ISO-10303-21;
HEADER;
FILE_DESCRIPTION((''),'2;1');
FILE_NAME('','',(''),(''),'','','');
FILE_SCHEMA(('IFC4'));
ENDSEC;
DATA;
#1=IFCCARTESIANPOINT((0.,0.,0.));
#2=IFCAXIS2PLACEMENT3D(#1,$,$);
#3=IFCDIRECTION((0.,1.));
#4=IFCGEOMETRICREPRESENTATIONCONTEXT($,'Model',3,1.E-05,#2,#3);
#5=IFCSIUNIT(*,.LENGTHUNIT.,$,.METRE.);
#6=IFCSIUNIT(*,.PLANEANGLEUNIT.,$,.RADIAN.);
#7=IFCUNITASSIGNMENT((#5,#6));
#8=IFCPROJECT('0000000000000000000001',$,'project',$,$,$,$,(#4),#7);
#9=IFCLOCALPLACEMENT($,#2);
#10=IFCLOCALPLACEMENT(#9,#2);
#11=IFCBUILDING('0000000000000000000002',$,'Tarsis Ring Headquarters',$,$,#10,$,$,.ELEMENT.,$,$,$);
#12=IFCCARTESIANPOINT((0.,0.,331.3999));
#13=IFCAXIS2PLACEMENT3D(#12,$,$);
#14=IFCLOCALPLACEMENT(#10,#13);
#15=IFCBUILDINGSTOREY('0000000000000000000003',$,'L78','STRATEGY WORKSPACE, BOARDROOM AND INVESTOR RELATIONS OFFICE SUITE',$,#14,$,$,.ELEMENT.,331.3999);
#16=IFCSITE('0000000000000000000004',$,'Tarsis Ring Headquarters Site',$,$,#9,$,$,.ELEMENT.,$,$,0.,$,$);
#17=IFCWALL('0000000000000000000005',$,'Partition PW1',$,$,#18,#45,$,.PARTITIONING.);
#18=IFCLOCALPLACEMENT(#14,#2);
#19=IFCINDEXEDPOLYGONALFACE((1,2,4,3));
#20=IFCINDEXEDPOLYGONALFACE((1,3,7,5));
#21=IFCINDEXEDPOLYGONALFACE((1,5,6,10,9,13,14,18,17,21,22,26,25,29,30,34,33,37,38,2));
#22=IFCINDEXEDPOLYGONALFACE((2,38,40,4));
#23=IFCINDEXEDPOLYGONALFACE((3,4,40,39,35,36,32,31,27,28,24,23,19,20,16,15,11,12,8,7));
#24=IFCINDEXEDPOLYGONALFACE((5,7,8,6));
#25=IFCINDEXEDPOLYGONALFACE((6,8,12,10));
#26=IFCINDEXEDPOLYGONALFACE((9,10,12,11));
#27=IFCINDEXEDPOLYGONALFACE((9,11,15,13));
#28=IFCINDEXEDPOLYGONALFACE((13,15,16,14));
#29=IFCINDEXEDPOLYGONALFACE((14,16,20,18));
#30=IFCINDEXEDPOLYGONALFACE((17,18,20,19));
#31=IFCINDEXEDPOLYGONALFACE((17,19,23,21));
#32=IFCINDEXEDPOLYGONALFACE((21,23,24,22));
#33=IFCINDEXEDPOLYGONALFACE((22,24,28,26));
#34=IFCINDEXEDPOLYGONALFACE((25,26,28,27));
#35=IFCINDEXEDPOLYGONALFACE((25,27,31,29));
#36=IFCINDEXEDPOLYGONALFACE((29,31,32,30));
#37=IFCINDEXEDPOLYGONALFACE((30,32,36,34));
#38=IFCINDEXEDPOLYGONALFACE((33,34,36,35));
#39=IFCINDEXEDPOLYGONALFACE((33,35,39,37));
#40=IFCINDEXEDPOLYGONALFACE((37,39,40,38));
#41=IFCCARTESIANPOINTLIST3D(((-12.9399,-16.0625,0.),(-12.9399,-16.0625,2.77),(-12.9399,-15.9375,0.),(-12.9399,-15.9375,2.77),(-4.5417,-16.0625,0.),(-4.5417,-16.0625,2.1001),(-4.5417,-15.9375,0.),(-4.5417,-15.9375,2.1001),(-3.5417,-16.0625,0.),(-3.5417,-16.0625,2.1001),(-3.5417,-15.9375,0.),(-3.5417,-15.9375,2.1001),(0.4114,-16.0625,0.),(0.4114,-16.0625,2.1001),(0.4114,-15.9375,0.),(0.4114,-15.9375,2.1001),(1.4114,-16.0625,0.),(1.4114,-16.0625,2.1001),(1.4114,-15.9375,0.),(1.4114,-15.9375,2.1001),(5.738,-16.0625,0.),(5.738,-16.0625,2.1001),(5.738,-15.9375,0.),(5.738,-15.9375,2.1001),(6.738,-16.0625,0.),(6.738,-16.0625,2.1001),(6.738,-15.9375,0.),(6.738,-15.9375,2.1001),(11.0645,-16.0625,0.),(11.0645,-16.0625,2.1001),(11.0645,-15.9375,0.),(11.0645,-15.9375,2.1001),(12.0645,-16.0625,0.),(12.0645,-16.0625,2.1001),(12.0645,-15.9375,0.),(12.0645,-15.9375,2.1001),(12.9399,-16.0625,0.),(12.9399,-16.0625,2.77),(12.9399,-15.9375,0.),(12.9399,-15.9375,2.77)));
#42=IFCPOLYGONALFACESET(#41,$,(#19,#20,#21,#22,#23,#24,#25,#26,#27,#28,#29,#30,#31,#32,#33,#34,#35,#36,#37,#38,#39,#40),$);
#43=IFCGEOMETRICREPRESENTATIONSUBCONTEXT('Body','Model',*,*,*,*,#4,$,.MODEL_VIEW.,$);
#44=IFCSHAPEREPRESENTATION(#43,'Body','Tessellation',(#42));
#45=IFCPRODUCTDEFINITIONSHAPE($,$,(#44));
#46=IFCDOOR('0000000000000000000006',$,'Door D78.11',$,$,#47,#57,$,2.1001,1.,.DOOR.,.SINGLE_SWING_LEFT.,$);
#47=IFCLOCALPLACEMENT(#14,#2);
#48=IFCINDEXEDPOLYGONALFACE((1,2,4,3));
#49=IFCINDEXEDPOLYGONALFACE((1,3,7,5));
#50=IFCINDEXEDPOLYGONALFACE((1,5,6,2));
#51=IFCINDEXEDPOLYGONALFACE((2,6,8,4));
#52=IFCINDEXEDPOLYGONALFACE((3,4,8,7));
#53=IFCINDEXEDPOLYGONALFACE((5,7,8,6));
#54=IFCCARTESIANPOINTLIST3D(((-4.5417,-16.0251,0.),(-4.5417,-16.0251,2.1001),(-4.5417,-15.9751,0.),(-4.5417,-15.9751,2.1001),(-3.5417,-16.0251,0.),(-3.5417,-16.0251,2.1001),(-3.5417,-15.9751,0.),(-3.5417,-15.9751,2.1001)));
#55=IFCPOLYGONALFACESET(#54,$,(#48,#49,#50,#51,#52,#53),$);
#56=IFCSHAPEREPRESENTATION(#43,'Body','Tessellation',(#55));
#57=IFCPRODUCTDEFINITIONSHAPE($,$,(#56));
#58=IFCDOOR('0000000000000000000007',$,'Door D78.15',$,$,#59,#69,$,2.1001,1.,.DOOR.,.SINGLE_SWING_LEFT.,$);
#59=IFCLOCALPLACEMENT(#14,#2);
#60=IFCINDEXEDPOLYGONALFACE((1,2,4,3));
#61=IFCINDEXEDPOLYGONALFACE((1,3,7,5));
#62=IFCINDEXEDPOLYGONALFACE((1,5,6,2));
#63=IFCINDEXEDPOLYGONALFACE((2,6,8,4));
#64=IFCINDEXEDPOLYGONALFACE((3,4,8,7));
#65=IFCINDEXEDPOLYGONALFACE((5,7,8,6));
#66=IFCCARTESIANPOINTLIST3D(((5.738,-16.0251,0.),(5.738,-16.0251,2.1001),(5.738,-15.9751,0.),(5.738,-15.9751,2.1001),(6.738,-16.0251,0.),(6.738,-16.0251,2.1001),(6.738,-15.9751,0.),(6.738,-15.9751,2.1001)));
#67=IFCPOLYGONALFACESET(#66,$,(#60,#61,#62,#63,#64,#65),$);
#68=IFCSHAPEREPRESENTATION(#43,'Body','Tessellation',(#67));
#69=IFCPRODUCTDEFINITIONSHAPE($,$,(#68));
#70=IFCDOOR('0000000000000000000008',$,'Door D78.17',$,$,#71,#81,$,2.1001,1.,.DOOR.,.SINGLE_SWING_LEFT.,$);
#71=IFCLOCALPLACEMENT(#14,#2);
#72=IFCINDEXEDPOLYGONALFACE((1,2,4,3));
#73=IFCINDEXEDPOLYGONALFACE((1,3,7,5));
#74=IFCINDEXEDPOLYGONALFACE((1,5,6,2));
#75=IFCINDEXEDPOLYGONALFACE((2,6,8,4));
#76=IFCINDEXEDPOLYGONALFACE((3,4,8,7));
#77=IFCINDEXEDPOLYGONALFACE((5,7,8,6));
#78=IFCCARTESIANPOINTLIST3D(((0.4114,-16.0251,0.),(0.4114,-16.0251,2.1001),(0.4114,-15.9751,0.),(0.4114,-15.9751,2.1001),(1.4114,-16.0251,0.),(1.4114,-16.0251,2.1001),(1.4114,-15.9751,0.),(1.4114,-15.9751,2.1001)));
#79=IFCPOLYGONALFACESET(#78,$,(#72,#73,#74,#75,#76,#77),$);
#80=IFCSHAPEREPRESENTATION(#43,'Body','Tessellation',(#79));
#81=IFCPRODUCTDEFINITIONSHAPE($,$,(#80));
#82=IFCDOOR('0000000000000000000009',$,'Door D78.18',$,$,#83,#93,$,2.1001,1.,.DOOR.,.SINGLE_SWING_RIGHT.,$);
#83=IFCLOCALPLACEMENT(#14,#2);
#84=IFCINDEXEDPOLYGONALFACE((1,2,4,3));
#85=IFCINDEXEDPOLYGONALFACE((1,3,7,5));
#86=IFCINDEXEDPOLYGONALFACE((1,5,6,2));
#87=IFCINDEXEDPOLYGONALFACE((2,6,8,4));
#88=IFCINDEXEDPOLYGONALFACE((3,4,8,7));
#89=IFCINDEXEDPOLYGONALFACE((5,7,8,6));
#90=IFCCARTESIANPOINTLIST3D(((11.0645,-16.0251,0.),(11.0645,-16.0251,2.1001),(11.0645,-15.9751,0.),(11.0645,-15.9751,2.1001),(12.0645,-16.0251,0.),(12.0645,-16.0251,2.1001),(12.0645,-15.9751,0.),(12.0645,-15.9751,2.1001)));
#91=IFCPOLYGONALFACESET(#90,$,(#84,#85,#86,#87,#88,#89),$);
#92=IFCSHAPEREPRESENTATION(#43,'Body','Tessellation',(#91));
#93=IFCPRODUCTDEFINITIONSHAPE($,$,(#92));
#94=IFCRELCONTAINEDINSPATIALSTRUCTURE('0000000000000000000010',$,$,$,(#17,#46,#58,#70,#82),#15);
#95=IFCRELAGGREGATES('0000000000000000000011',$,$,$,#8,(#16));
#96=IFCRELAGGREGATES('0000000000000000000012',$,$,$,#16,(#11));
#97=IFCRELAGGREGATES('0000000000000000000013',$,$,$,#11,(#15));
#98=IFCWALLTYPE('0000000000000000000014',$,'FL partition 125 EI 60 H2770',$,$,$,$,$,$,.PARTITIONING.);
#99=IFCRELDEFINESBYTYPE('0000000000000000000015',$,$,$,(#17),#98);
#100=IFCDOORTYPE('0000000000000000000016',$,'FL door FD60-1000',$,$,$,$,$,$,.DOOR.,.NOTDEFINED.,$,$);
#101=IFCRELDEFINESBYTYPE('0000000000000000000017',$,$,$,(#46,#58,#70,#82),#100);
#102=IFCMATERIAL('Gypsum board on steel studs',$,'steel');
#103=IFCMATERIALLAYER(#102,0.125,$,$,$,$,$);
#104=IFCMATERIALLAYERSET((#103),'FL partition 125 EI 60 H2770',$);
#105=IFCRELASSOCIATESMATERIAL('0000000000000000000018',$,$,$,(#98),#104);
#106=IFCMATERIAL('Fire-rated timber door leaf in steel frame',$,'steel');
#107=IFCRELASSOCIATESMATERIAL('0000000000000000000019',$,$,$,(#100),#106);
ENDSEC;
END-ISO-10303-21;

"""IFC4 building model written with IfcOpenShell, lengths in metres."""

from ifc_helpers import new_model, si_unit, direction, frame, frame_2d, origin, place, context, subcontext, project, spatial, rectangle, extrude, material, layer, layer_set, type_object, element, fill, save


model = new_model("IFC4")

# Units and contexts
model_context = context("Model", 3, precision=1e-05, world=origin(), true_north=direction((0.0, 1.0)))
body_context = subcontext(model_context, "Body", "Model", "MODEL_VIEW")
ifc_project = project(units=[si_unit("LENGTHUNIT", "METRE"), si_unit("PLANEANGLEUNIT", "RADIAN")], contexts=[model_context])

# Site, building, storey
site_placement = place(None, origin())
site = spatial("IfcSite", under=ifc_project, at=site_placement, Name="Tarsis Ring Headquarters Site", CompositionType="ELEMENT", RefElevation=0.0)
building_placement = place(site_placement, origin())
building = spatial("IfcBuilding", under=site, at=building_placement, Name="Tarsis Ring Headquarters", CompositionType="ELEMENT")
storey_placement = place(building_placement, frame((0.0, 0.0, 331.3999)))
storey = spatial("IfcBuildingStorey", under=building, at=storey_placement, Name="L78", Description="STRATEGY WORKSPACE, BOARDROOM AND INVESTOR RELATIONS OFFICE SUITE", CompositionType="ELEMENT", Elevation=331.3999)

# Shared definitions
ifc_material_1 = material(Name="Gypsum board on steel studs", Category="steel")

# Wall, openings, doors
ifc_layer_1 = layer(ifc_material_1, 0.125)
ifc_layer_set_1 = layer_set([ifc_layer_1], Name="FL partition 125 EI 60 H2770")
wall_type_1 = type_object("IfcWallType", Name="FL partition 125 EI 60 H2770", PredefinedType="PARTITIONING", material=ifc_layer_set_1)
ifc_material_2 = material(Name="Fire-rated timber door leaf in steel frame", Category="steel")
door_type_1 = type_object("IfcDoorType", Name="FL door FD60-1000", OperationType="NOTDEFINED", PredefinedType="DOOR", material=ifc_material_2)
wall_1_placement = place(storey_placement, frame((-12.9399, -16.0, 0.0), z_axis=(0.0, 0.0, 1.0), x_axis=(1.0, 0.0, 0.0)))
wall_1 = element("IfcWall", 1, at=wall_1_placement, inside=storey, type_object=wall_type_1, Name="Partition PW1", PredefinedType="PARTITIONING", context=body_context, shape_type="SweptSolid", body=[
    extrude(rectangle(XDim=25.8799, YDim=0.125, at=frame_2d((12.9399, 0.0))), origin(), (0.0, 0.0, 1.0), 2.77),
])
opening_1_placement = place(wall_1_placement, frame((8.3982, 0.0, 0.0)))
opening_1 = element("IfcOpeningElement", 2, at=opening_1_placement, cuts=wall_1, PredefinedType="OPENING", context=body_context, shape_type="SweptSolid", body=[
    extrude(rectangle(XDim=1.0, YDim=2.1001, at=frame_2d((0.5, 1.05))), frame((0.0, 0.0725, 0.0), z_axis=(0.0, -1.0, 0.0), x_axis=(1.0, 0.0, 0.0)), (0.0, 0.0, 1.0), 0.145),
])
opening_2_placement = place(wall_1_placement, frame((18.678, 0.0, 0.0)))
opening_2 = element("IfcOpeningElement", 3, at=opening_2_placement, cuts=wall_1, PredefinedType="OPENING", context=body_context, shape_type="SweptSolid", body=[
    extrude(rectangle(XDim=1.0, YDim=2.1001, at=frame_2d((0.5, 1.05))), frame((0.0, 0.0725, 0.0), z_axis=(0.0, -1.0, 0.0), x_axis=(1.0, 0.0, 0.0)), (0.0, 0.0, 1.0), 0.145),
])
opening_3_placement = place(wall_1_placement, frame((13.3513, 0.0, 0.0)))
opening_3 = element("IfcOpeningElement", 4, at=opening_3_placement, cuts=wall_1, PredefinedType="OPENING", context=body_context, shape_type="SweptSolid", body=[
    extrude(rectangle(XDim=1.0, YDim=2.1001, at=frame_2d((0.5, 1.05))), frame((0.0, 0.0725, 0.0), z_axis=(0.0, -1.0, 0.0), x_axis=(1.0, 0.0, 0.0)), (0.0, 0.0, 1.0), 0.145),
])
opening_4_placement = place(wall_1_placement, frame((24.0044, 0.0, 0.0)))
opening_4 = element("IfcOpeningElement", 5, at=opening_4_placement, cuts=wall_1, PredefinedType="OPENING", context=body_context, shape_type="SweptSolid", body=[
    extrude(rectangle(XDim=1.0, YDim=2.1001, at=frame_2d((0.5, 1.05))), frame((0.0, 0.0725, 0.0), z_axis=(0.0, -1.0, 0.0), x_axis=(1.0, 0.0, 0.0)), (0.0, 0.0, 1.0), 0.145),
])
door_1_placement = place(opening_1_placement, origin())
door_1 = element("IfcDoor", 6, at=door_1_placement, inside=storey, type_object=door_type_1, Name="Door D78.11", OperationType="SINGLE_SWING_LEFT", OverallHeight=2.1001, OverallWidth=1.0, PredefinedType="DOOR", context=body_context, shape_type="SweptSolid", body=[
    extrude(rectangle(XDim=1.0, YDim=2.1001, at=frame_2d((0.5, 1.05))), frame((0.0, 0.0249, 0.0), z_axis=(0.0, -1.0, 0.0), x_axis=(1.0, 0.0, 0.0)), (0.0, 0.0, 1.0), 0.05),
])
fill(opening_1, door_1)
door_2_placement = place(opening_2_placement, origin())
door_2 = element("IfcDoor", 7, at=door_2_placement, inside=storey, type_object=door_type_1, Name="Door D78.15", OperationType="SINGLE_SWING_LEFT", OverallHeight=2.1001, OverallWidth=1.0, PredefinedType="DOOR", context=body_context, shape_type="SweptSolid", body=[
    extrude(rectangle(XDim=1.0, YDim=2.1001, at=frame_2d((0.5, 1.05))), frame((0.0, 0.0249, 0.0), z_axis=(0.0, -1.0, 0.0), x_axis=(1.0, 0.0, 0.0)), (0.0, 0.0, 1.0), 0.05),
])
fill(opening_2, door_2)
door_3_placement = place(opening_3_placement, origin())
door_3 = element("IfcDoor", 8, at=door_3_placement, inside=storey, type_object=door_type_1, Name="Door D78.17", OperationType="SINGLE_SWING_LEFT", OverallHeight=2.1001, OverallWidth=1.0, PredefinedType="DOOR", context=body_context, shape_type="SweptSolid", body=[
    extrude(rectangle(XDim=1.0, YDim=2.1001, at=frame_2d((0.5, 1.05))), frame((0.0, 0.0249, 0.0), z_axis=(0.0, -1.0, 0.0), x_axis=(1.0, 0.0, 0.0)), (0.0, 0.0, 1.0), 0.05),
])
fill(opening_3, door_3)
door_4_placement = place(opening_4_placement, origin())
door_4 = element("IfcDoor", 9, at=door_4_placement, inside=storey, type_object=door_type_1, Name="Door D78.18", OperationType="SINGLE_SWING_RIGHT", OverallHeight=2.1001, OverallWidth=1.0, PredefinedType="DOOR", context=body_context, shape_type="SweptSolid", body=[
    extrude(rectangle(XDim=1.0, YDim=2.1001, at=frame_2d((0.5, 1.05))), frame((0.0, 0.0249, 0.0), z_axis=(0.0, -1.0, 0.0), x_axis=(1.0, 0.0, 0.0)), (0.0, 0.0, 1.0), 0.05),
])
fill(opening_4, door_4)

save(model, "model.ifc")
